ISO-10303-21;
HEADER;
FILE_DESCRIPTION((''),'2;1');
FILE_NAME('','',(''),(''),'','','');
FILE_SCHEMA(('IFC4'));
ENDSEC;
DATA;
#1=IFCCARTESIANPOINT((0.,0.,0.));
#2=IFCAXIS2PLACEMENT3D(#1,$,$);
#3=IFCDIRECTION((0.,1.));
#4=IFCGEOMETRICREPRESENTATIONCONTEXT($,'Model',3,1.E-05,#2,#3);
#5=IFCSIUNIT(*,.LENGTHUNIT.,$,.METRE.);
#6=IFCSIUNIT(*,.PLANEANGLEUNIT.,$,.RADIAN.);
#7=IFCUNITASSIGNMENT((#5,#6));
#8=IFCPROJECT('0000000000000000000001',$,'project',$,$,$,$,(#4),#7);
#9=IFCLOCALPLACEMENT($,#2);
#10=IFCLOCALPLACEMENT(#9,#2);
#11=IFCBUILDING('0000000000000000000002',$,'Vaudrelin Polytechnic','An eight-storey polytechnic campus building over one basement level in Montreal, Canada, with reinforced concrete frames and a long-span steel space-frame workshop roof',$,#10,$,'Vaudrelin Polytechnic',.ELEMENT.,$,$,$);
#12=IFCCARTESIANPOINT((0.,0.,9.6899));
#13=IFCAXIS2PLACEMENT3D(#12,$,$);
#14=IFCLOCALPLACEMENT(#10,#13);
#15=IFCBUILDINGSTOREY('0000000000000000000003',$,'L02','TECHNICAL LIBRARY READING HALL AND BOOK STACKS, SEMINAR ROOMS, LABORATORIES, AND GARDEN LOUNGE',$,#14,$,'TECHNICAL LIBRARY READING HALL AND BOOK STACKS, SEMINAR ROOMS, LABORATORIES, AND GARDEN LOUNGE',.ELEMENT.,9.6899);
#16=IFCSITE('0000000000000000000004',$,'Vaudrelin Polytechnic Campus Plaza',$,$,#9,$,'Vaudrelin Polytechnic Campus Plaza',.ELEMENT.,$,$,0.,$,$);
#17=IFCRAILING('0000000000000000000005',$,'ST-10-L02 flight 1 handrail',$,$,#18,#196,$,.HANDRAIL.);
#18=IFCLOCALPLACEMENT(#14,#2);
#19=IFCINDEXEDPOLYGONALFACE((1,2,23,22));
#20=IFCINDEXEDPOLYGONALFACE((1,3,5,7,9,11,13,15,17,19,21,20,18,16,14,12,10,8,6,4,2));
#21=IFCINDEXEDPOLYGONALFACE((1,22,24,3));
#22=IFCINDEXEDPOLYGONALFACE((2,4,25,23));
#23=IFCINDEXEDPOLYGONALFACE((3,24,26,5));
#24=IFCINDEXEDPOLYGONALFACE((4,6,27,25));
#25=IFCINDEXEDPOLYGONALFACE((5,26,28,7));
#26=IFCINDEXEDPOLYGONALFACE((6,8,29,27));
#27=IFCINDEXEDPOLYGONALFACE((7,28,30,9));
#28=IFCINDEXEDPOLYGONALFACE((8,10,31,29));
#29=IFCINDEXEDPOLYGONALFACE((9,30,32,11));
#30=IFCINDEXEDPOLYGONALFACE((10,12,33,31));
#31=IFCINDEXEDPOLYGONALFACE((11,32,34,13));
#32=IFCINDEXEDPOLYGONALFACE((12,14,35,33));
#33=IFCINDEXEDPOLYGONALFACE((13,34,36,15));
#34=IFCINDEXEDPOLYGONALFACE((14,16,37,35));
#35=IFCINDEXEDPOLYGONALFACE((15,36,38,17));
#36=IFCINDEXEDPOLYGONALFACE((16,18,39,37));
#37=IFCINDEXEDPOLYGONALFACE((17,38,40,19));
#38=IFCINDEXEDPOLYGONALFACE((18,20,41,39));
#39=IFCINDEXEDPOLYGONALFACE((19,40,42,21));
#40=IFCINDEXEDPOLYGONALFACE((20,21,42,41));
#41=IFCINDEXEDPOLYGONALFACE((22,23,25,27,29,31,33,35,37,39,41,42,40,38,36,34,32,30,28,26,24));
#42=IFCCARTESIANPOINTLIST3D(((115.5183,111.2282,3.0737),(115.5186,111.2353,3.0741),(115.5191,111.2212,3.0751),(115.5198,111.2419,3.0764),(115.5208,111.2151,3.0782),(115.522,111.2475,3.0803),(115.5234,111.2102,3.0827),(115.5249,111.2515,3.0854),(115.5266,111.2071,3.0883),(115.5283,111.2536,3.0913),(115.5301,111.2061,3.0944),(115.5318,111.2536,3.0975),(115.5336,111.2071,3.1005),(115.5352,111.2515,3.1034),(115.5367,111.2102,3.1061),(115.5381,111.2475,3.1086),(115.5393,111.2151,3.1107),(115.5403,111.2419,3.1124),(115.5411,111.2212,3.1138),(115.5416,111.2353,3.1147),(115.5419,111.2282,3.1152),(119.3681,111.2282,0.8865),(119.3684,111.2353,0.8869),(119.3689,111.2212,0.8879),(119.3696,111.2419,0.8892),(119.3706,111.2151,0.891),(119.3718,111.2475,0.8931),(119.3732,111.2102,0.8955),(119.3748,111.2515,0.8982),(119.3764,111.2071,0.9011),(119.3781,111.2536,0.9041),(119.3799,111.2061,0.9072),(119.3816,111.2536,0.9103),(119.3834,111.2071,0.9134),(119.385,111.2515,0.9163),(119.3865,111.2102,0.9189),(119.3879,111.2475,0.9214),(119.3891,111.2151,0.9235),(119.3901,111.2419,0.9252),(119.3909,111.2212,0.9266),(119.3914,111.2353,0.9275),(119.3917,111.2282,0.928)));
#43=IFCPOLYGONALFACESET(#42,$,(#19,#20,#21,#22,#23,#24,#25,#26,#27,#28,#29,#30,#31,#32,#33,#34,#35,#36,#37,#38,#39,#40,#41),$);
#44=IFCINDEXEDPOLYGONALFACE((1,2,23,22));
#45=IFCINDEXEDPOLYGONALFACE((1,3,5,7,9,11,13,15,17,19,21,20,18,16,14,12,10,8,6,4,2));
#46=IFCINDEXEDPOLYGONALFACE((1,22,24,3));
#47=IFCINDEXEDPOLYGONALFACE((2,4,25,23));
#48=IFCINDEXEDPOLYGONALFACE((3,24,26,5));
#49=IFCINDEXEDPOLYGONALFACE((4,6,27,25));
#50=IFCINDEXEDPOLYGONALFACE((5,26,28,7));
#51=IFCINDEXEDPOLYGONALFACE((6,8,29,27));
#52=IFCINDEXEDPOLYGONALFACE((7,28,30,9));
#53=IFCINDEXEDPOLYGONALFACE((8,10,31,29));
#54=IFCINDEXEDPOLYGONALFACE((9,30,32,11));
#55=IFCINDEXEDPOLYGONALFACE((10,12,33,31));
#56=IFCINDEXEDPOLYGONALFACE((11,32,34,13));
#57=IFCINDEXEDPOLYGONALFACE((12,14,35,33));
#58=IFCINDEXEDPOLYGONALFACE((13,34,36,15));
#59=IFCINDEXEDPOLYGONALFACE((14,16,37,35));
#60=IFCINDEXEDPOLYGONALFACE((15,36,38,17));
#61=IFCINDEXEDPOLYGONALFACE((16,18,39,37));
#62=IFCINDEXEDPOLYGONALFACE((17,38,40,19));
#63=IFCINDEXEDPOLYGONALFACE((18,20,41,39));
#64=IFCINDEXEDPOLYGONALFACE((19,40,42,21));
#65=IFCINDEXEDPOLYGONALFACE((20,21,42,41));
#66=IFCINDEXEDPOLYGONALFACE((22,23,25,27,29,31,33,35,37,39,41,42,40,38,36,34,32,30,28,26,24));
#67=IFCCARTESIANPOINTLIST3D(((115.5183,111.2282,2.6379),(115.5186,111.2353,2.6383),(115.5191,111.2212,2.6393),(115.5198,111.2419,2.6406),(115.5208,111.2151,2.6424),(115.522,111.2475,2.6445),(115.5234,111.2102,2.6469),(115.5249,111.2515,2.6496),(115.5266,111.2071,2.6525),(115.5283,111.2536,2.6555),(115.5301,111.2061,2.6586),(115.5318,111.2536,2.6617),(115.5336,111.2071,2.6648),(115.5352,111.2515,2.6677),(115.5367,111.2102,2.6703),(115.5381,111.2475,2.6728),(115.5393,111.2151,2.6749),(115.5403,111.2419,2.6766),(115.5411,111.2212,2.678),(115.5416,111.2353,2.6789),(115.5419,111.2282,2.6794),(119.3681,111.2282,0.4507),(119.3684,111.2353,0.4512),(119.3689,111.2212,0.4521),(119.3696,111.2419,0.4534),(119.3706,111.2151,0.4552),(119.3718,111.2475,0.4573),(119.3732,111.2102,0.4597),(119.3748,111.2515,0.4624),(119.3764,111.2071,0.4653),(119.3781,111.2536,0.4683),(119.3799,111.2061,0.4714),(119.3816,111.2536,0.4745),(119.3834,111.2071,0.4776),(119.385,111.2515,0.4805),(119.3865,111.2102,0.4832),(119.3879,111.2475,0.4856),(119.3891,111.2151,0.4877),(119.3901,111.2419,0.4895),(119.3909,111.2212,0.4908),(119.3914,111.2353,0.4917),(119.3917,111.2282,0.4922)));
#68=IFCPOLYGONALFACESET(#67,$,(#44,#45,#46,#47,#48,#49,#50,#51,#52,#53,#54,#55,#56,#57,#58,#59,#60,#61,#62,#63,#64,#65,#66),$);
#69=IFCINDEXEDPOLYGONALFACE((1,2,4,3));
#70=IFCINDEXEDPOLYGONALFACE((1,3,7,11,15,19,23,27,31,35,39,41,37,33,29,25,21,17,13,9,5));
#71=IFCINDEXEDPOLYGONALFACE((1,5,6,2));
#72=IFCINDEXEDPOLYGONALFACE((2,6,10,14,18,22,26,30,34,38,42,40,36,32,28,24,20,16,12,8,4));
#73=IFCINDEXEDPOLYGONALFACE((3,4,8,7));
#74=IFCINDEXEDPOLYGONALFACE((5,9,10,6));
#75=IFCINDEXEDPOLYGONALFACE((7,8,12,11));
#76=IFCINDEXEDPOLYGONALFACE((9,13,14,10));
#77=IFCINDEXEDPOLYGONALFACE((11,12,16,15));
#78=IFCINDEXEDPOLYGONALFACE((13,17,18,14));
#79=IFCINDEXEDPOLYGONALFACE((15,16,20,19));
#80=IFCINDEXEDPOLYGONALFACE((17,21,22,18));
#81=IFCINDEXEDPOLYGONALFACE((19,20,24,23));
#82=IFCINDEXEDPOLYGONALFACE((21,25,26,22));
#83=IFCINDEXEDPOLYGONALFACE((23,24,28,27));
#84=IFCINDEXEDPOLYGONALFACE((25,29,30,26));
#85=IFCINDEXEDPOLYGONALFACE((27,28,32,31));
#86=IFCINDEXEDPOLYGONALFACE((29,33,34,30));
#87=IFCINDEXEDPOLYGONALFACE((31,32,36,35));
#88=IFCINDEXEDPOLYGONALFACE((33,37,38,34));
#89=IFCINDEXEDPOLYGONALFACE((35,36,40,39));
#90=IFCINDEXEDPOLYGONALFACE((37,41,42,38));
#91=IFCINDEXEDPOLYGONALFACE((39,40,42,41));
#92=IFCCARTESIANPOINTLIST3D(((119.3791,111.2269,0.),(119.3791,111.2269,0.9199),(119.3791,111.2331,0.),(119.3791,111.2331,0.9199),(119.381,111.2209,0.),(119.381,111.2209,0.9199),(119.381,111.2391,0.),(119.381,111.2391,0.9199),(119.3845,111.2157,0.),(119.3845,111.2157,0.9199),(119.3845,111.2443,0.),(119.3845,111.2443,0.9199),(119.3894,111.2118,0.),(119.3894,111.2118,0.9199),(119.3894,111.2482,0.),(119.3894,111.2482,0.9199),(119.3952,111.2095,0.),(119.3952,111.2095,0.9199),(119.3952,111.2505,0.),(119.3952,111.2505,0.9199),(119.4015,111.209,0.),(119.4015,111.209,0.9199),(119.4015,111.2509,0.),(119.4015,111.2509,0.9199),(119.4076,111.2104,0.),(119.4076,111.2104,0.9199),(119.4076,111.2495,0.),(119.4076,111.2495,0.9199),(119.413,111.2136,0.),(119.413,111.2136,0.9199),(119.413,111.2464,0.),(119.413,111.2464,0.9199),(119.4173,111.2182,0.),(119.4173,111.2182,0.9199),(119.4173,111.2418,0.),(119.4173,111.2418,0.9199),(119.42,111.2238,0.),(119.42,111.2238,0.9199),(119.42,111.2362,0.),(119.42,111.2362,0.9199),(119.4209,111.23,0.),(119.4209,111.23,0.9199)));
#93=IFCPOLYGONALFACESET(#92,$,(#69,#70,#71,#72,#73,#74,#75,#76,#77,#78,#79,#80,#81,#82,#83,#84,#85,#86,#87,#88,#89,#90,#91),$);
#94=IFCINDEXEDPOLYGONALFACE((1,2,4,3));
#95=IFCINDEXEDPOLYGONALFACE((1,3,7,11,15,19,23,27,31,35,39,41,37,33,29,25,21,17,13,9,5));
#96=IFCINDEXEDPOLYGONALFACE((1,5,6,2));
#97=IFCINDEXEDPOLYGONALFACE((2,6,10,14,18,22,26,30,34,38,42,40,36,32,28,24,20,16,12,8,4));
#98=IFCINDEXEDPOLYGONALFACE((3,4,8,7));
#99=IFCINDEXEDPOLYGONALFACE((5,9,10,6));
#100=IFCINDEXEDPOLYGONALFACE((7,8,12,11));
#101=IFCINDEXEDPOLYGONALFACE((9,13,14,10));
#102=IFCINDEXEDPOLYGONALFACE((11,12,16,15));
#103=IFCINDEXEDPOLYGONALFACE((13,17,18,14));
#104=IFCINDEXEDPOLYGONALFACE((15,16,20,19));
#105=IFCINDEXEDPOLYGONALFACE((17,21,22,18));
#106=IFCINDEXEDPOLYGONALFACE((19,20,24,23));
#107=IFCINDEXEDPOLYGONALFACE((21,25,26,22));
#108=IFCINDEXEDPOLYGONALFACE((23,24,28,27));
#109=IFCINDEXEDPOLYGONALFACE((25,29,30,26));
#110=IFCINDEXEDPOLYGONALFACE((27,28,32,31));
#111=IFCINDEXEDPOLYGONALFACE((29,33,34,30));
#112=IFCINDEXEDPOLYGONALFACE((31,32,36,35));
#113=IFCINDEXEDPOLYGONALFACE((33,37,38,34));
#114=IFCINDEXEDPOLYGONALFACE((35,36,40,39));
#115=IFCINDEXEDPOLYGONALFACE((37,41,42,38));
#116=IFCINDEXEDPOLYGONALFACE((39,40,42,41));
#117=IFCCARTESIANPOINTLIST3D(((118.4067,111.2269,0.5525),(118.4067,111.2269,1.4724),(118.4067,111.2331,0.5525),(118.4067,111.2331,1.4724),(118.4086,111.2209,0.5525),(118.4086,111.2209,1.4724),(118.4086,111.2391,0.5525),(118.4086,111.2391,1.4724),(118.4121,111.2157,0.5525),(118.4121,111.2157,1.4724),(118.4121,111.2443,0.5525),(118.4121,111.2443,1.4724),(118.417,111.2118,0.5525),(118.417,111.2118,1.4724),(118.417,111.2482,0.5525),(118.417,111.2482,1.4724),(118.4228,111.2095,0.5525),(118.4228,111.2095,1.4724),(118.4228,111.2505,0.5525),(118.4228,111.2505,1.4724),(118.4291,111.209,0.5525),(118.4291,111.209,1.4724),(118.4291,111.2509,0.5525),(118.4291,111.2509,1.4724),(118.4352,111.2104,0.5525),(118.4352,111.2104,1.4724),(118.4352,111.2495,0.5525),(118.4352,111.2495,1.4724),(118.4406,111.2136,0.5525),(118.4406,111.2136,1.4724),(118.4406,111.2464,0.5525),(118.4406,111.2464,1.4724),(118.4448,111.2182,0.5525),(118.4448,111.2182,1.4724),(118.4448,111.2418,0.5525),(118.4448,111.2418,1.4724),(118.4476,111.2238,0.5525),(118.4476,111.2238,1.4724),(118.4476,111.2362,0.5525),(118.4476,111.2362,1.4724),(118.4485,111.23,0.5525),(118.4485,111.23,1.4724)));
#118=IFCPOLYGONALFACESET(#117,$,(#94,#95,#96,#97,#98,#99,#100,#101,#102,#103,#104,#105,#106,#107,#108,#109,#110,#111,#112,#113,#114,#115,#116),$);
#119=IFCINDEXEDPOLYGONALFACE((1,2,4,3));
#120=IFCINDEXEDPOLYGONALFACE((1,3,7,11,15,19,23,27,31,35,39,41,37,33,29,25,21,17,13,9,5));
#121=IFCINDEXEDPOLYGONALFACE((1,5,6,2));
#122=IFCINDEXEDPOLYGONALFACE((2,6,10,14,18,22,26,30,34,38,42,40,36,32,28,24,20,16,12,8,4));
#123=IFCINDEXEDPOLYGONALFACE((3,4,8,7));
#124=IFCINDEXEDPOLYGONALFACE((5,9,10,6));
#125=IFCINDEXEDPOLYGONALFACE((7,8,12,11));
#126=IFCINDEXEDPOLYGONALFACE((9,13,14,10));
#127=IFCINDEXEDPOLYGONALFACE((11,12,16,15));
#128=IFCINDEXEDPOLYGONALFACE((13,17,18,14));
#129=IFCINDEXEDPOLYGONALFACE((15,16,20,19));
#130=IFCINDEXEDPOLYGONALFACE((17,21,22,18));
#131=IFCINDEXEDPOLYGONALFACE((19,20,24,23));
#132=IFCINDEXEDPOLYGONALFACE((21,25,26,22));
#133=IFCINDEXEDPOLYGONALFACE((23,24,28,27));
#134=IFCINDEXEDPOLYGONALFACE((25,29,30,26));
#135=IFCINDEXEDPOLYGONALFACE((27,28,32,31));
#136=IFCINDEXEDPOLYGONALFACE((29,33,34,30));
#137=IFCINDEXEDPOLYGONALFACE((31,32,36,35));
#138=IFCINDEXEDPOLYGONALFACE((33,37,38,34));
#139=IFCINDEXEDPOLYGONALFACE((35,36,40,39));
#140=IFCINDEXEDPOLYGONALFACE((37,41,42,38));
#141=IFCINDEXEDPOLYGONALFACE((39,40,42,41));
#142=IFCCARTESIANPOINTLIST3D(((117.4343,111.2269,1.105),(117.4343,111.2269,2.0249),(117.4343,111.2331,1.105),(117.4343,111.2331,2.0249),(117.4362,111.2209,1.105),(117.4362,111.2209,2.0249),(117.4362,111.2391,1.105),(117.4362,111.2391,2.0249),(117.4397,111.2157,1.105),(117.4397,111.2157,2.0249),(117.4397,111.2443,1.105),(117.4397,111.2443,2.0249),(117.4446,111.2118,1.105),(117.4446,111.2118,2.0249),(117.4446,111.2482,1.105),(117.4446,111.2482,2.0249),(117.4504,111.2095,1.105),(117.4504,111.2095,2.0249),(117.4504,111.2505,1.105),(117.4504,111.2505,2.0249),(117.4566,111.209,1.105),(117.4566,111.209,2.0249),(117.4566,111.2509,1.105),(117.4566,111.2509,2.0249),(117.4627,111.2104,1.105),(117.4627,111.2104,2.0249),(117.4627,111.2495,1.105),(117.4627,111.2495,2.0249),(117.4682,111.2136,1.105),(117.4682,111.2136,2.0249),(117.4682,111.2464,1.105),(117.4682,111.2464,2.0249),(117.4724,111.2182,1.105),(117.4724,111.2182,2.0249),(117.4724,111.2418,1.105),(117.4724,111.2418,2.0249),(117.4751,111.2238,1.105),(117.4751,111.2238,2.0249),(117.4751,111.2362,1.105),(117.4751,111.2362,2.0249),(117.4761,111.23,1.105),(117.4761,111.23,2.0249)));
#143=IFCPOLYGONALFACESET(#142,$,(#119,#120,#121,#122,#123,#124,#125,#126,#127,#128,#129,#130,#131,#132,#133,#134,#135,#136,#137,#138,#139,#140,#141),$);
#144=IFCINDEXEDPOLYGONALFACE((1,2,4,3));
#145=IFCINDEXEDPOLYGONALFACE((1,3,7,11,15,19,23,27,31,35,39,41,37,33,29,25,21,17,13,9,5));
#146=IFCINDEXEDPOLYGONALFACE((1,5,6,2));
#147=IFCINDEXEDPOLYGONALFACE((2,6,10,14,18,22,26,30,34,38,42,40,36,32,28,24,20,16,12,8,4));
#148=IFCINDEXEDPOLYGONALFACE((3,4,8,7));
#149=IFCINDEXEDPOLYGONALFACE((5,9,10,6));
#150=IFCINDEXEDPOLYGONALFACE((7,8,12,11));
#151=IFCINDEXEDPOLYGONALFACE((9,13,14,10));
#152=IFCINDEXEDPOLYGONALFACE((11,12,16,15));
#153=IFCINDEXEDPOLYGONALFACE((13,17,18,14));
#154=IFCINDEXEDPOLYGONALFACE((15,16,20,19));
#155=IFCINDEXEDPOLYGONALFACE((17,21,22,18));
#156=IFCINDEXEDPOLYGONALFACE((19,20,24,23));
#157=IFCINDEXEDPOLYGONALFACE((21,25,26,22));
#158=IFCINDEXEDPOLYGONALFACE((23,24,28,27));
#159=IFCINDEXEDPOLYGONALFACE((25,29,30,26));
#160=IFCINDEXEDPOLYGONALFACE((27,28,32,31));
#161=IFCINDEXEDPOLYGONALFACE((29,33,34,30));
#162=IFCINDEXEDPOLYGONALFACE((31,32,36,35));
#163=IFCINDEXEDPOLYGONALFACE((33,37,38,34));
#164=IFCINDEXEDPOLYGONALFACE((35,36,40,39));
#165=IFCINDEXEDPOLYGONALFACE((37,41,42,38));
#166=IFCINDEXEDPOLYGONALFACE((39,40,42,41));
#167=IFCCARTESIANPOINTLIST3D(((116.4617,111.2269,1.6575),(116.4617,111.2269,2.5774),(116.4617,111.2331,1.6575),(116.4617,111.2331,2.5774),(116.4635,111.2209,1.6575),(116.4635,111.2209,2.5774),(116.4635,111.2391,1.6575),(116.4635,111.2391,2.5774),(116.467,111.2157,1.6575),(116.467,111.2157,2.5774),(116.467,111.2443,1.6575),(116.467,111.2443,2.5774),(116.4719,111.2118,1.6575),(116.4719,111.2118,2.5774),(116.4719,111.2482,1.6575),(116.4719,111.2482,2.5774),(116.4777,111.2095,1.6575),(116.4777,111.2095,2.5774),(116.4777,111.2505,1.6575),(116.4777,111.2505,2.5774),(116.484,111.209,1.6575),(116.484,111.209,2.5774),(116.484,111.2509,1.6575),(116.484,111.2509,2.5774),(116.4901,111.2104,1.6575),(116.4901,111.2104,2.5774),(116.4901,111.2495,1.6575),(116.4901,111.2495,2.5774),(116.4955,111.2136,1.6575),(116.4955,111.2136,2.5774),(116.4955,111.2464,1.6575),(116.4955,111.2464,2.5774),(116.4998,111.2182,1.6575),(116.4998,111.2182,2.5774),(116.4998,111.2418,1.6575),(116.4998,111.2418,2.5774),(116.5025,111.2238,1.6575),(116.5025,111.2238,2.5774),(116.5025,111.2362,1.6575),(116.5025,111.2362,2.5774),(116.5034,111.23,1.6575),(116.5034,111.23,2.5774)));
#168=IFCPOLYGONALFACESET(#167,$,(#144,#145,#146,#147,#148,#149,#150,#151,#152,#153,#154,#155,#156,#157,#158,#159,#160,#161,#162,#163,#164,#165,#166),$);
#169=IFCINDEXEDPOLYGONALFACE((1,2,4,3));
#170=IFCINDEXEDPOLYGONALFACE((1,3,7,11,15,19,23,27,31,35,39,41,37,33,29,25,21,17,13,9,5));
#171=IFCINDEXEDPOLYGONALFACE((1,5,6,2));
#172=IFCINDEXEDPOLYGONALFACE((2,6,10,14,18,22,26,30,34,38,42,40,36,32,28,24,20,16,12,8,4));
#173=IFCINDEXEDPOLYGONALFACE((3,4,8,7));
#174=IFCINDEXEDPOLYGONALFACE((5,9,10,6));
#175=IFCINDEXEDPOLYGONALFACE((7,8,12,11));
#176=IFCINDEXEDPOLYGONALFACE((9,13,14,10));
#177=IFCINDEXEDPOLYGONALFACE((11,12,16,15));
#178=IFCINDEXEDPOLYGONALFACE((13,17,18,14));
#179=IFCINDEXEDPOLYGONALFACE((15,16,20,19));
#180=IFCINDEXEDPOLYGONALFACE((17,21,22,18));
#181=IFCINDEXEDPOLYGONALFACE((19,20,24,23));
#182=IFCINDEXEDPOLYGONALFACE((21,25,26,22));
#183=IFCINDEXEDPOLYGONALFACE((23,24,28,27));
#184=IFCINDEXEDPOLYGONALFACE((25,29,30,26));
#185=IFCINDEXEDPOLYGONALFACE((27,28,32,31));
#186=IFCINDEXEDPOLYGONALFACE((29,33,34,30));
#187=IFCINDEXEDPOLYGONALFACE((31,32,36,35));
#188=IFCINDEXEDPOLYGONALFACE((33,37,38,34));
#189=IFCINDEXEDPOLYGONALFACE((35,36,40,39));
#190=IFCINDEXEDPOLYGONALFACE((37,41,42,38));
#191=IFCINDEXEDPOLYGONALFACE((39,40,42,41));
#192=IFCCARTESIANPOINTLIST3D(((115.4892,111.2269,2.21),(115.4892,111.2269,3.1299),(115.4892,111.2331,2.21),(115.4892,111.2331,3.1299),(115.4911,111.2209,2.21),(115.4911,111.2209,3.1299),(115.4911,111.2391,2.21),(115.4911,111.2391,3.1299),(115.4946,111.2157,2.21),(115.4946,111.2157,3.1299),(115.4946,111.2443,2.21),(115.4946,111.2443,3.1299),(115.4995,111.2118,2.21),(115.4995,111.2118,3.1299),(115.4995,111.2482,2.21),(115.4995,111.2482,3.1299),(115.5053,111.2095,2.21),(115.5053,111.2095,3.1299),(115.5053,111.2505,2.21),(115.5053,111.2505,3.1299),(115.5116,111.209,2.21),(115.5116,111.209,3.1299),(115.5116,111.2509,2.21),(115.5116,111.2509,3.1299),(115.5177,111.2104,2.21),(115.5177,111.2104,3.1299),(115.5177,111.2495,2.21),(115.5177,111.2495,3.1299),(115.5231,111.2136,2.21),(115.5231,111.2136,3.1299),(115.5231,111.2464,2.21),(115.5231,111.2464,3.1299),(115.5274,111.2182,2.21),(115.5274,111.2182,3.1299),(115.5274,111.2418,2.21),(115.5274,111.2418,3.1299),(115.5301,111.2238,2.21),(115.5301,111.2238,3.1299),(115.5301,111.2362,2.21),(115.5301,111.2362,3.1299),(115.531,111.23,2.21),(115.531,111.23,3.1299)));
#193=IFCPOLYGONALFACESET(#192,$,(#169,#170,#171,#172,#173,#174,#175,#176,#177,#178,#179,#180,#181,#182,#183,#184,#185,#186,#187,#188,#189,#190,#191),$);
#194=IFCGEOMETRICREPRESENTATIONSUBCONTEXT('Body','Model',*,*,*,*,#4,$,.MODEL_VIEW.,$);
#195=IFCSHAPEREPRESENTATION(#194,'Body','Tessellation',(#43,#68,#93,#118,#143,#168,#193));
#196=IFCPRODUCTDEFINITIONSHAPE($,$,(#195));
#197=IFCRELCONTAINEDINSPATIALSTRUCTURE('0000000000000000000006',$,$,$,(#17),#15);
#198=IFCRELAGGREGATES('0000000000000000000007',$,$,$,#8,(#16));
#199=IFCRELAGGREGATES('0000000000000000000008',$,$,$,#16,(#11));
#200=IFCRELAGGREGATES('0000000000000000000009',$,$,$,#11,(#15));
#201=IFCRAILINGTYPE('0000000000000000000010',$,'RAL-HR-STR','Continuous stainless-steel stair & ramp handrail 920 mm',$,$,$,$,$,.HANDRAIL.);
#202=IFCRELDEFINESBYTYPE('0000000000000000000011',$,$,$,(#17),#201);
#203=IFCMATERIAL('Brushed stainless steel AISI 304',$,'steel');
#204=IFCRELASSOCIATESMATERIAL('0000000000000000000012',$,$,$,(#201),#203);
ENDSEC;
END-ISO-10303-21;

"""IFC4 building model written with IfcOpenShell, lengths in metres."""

from ifc_helpers import new_model, si_unit, direction, frame, origin, origin_2d, place, context, subcontext, project, spatial, circle, extrude, material, type_object, element, save


model = new_model("IFC4")

# Units and contexts
model_context = context("Model", 3, precision=1e-05, world=origin(), true_north=direction((0.0, 1.0)))
body_context = subcontext(model_context, "Body", "Model", "MODEL_VIEW")
ifc_project = project(units=[si_unit("LENGTHUNIT", "METRE"), si_unit("PLANEANGLEUNIT", "RADIAN")], contexts=[model_context])

# Site, building, storey
site_placement = place(None, origin())
site = spatial("IfcSite", under=ifc_project, at=site_placement, Name="Vaudrelin Polytechnic Campus Plaza", LongName="Vaudrelin Polytechnic Campus Plaza", CompositionType="ELEMENT", RefElevation=0.0)
building_placement = place(site_placement, origin())
building = spatial("IfcBuilding", under=site, at=building_placement, Name="Vaudrelin Polytechnic", Description="An eight-storey polytechnic campus building over one basement level in Montreal, Canada, with reinforced concrete frames and a long-span steel space-frame workshop roof", LongName="Vaudrelin Polytechnic", CompositionType="ELEMENT")
storey_placement = place(building_placement, frame((0.0, 0.0, 9.6899)))
storey = spatial("IfcBuildingStorey", under=building, at=storey_placement, Name="L02", Description="TECHNICAL LIBRARY READING HALL AND BOOK STACKS, SEMINAR ROOMS, LABORATORIES, AND GARDEN LOUNGE", LongName="TECHNICAL LIBRARY READING HALL AND BOOK STACKS, SEMINAR ROOMS, LABORATORIES, AND GARDEN LOUNGE", CompositionType="ELEMENT", Elevation=9.6899)

# Railing
ifc_material_1 = material(Name="Brushed stainless steel AISI 304", Category="steel")
railing_type_1 = type_object("IfcRailingType", Name="RAL-HR-STR", Description="Continuous stainless-steel stair & ramp handrail 920 mm", PredefinedType="HANDRAIL", material=ifc_material_1)
railing_1_placement = place(storey_placement, frame((119.3999, 111.23, 0.0)))
element("IfcRailing", 1, at=railing_1_placement, inside=storey, type_object=railing_type_1, Name="ST-10-L02 flight 1 handrail", PredefinedType="HANDRAIL", context=body_context, shape_type="SweptSolid", body=[
    extrude(circle(Radius=0.0239, at=origin_2d()), frame((-0.02, 0.0, 0.9072), z_axis=(-0.869476, 0.0, 0.493975), x_axis=(0.0, -1.0, 0.0)), (0.0, 0.0, 1.0), 4.4277),
    extrude(circle(Radius=0.0239, at=origin_2d()), frame((-0.02, 0.0, 0.4714), z_axis=(-0.869476, 0.0, 0.493975), x_axis=(0.0, -1.0, 0.0)), (0.0, 0.0, 1.0), 4.4277),
    extrude(circle(Radius=0.021, at=origin_2d()), origin(), (0.0, 0.0, 1.0), 0.9199),
    extrude(circle(Radius=0.021, at=origin_2d()), frame((-0.9724, 0.0, 0.5525)), (0.0, 0.0, 1.0), 0.9199),
    extrude(circle(Radius=0.021, at=origin_2d()), frame((-1.9448, 0.0, 1.105)), (0.0, 0.0, 1.0), 0.9199),
    extrude(circle(Radius=0.021, at=origin_2d()), frame((-2.9175, 0.0, 1.6575)), (0.0, 0.0, 1.0), 0.9199),
    extrude(circle(Radius=0.021, at=origin_2d()), frame((-3.8899, 0.0, 2.21)), (0.0, 0.0, 1.0), 0.9199),
])

save(model, "model.ifc")
